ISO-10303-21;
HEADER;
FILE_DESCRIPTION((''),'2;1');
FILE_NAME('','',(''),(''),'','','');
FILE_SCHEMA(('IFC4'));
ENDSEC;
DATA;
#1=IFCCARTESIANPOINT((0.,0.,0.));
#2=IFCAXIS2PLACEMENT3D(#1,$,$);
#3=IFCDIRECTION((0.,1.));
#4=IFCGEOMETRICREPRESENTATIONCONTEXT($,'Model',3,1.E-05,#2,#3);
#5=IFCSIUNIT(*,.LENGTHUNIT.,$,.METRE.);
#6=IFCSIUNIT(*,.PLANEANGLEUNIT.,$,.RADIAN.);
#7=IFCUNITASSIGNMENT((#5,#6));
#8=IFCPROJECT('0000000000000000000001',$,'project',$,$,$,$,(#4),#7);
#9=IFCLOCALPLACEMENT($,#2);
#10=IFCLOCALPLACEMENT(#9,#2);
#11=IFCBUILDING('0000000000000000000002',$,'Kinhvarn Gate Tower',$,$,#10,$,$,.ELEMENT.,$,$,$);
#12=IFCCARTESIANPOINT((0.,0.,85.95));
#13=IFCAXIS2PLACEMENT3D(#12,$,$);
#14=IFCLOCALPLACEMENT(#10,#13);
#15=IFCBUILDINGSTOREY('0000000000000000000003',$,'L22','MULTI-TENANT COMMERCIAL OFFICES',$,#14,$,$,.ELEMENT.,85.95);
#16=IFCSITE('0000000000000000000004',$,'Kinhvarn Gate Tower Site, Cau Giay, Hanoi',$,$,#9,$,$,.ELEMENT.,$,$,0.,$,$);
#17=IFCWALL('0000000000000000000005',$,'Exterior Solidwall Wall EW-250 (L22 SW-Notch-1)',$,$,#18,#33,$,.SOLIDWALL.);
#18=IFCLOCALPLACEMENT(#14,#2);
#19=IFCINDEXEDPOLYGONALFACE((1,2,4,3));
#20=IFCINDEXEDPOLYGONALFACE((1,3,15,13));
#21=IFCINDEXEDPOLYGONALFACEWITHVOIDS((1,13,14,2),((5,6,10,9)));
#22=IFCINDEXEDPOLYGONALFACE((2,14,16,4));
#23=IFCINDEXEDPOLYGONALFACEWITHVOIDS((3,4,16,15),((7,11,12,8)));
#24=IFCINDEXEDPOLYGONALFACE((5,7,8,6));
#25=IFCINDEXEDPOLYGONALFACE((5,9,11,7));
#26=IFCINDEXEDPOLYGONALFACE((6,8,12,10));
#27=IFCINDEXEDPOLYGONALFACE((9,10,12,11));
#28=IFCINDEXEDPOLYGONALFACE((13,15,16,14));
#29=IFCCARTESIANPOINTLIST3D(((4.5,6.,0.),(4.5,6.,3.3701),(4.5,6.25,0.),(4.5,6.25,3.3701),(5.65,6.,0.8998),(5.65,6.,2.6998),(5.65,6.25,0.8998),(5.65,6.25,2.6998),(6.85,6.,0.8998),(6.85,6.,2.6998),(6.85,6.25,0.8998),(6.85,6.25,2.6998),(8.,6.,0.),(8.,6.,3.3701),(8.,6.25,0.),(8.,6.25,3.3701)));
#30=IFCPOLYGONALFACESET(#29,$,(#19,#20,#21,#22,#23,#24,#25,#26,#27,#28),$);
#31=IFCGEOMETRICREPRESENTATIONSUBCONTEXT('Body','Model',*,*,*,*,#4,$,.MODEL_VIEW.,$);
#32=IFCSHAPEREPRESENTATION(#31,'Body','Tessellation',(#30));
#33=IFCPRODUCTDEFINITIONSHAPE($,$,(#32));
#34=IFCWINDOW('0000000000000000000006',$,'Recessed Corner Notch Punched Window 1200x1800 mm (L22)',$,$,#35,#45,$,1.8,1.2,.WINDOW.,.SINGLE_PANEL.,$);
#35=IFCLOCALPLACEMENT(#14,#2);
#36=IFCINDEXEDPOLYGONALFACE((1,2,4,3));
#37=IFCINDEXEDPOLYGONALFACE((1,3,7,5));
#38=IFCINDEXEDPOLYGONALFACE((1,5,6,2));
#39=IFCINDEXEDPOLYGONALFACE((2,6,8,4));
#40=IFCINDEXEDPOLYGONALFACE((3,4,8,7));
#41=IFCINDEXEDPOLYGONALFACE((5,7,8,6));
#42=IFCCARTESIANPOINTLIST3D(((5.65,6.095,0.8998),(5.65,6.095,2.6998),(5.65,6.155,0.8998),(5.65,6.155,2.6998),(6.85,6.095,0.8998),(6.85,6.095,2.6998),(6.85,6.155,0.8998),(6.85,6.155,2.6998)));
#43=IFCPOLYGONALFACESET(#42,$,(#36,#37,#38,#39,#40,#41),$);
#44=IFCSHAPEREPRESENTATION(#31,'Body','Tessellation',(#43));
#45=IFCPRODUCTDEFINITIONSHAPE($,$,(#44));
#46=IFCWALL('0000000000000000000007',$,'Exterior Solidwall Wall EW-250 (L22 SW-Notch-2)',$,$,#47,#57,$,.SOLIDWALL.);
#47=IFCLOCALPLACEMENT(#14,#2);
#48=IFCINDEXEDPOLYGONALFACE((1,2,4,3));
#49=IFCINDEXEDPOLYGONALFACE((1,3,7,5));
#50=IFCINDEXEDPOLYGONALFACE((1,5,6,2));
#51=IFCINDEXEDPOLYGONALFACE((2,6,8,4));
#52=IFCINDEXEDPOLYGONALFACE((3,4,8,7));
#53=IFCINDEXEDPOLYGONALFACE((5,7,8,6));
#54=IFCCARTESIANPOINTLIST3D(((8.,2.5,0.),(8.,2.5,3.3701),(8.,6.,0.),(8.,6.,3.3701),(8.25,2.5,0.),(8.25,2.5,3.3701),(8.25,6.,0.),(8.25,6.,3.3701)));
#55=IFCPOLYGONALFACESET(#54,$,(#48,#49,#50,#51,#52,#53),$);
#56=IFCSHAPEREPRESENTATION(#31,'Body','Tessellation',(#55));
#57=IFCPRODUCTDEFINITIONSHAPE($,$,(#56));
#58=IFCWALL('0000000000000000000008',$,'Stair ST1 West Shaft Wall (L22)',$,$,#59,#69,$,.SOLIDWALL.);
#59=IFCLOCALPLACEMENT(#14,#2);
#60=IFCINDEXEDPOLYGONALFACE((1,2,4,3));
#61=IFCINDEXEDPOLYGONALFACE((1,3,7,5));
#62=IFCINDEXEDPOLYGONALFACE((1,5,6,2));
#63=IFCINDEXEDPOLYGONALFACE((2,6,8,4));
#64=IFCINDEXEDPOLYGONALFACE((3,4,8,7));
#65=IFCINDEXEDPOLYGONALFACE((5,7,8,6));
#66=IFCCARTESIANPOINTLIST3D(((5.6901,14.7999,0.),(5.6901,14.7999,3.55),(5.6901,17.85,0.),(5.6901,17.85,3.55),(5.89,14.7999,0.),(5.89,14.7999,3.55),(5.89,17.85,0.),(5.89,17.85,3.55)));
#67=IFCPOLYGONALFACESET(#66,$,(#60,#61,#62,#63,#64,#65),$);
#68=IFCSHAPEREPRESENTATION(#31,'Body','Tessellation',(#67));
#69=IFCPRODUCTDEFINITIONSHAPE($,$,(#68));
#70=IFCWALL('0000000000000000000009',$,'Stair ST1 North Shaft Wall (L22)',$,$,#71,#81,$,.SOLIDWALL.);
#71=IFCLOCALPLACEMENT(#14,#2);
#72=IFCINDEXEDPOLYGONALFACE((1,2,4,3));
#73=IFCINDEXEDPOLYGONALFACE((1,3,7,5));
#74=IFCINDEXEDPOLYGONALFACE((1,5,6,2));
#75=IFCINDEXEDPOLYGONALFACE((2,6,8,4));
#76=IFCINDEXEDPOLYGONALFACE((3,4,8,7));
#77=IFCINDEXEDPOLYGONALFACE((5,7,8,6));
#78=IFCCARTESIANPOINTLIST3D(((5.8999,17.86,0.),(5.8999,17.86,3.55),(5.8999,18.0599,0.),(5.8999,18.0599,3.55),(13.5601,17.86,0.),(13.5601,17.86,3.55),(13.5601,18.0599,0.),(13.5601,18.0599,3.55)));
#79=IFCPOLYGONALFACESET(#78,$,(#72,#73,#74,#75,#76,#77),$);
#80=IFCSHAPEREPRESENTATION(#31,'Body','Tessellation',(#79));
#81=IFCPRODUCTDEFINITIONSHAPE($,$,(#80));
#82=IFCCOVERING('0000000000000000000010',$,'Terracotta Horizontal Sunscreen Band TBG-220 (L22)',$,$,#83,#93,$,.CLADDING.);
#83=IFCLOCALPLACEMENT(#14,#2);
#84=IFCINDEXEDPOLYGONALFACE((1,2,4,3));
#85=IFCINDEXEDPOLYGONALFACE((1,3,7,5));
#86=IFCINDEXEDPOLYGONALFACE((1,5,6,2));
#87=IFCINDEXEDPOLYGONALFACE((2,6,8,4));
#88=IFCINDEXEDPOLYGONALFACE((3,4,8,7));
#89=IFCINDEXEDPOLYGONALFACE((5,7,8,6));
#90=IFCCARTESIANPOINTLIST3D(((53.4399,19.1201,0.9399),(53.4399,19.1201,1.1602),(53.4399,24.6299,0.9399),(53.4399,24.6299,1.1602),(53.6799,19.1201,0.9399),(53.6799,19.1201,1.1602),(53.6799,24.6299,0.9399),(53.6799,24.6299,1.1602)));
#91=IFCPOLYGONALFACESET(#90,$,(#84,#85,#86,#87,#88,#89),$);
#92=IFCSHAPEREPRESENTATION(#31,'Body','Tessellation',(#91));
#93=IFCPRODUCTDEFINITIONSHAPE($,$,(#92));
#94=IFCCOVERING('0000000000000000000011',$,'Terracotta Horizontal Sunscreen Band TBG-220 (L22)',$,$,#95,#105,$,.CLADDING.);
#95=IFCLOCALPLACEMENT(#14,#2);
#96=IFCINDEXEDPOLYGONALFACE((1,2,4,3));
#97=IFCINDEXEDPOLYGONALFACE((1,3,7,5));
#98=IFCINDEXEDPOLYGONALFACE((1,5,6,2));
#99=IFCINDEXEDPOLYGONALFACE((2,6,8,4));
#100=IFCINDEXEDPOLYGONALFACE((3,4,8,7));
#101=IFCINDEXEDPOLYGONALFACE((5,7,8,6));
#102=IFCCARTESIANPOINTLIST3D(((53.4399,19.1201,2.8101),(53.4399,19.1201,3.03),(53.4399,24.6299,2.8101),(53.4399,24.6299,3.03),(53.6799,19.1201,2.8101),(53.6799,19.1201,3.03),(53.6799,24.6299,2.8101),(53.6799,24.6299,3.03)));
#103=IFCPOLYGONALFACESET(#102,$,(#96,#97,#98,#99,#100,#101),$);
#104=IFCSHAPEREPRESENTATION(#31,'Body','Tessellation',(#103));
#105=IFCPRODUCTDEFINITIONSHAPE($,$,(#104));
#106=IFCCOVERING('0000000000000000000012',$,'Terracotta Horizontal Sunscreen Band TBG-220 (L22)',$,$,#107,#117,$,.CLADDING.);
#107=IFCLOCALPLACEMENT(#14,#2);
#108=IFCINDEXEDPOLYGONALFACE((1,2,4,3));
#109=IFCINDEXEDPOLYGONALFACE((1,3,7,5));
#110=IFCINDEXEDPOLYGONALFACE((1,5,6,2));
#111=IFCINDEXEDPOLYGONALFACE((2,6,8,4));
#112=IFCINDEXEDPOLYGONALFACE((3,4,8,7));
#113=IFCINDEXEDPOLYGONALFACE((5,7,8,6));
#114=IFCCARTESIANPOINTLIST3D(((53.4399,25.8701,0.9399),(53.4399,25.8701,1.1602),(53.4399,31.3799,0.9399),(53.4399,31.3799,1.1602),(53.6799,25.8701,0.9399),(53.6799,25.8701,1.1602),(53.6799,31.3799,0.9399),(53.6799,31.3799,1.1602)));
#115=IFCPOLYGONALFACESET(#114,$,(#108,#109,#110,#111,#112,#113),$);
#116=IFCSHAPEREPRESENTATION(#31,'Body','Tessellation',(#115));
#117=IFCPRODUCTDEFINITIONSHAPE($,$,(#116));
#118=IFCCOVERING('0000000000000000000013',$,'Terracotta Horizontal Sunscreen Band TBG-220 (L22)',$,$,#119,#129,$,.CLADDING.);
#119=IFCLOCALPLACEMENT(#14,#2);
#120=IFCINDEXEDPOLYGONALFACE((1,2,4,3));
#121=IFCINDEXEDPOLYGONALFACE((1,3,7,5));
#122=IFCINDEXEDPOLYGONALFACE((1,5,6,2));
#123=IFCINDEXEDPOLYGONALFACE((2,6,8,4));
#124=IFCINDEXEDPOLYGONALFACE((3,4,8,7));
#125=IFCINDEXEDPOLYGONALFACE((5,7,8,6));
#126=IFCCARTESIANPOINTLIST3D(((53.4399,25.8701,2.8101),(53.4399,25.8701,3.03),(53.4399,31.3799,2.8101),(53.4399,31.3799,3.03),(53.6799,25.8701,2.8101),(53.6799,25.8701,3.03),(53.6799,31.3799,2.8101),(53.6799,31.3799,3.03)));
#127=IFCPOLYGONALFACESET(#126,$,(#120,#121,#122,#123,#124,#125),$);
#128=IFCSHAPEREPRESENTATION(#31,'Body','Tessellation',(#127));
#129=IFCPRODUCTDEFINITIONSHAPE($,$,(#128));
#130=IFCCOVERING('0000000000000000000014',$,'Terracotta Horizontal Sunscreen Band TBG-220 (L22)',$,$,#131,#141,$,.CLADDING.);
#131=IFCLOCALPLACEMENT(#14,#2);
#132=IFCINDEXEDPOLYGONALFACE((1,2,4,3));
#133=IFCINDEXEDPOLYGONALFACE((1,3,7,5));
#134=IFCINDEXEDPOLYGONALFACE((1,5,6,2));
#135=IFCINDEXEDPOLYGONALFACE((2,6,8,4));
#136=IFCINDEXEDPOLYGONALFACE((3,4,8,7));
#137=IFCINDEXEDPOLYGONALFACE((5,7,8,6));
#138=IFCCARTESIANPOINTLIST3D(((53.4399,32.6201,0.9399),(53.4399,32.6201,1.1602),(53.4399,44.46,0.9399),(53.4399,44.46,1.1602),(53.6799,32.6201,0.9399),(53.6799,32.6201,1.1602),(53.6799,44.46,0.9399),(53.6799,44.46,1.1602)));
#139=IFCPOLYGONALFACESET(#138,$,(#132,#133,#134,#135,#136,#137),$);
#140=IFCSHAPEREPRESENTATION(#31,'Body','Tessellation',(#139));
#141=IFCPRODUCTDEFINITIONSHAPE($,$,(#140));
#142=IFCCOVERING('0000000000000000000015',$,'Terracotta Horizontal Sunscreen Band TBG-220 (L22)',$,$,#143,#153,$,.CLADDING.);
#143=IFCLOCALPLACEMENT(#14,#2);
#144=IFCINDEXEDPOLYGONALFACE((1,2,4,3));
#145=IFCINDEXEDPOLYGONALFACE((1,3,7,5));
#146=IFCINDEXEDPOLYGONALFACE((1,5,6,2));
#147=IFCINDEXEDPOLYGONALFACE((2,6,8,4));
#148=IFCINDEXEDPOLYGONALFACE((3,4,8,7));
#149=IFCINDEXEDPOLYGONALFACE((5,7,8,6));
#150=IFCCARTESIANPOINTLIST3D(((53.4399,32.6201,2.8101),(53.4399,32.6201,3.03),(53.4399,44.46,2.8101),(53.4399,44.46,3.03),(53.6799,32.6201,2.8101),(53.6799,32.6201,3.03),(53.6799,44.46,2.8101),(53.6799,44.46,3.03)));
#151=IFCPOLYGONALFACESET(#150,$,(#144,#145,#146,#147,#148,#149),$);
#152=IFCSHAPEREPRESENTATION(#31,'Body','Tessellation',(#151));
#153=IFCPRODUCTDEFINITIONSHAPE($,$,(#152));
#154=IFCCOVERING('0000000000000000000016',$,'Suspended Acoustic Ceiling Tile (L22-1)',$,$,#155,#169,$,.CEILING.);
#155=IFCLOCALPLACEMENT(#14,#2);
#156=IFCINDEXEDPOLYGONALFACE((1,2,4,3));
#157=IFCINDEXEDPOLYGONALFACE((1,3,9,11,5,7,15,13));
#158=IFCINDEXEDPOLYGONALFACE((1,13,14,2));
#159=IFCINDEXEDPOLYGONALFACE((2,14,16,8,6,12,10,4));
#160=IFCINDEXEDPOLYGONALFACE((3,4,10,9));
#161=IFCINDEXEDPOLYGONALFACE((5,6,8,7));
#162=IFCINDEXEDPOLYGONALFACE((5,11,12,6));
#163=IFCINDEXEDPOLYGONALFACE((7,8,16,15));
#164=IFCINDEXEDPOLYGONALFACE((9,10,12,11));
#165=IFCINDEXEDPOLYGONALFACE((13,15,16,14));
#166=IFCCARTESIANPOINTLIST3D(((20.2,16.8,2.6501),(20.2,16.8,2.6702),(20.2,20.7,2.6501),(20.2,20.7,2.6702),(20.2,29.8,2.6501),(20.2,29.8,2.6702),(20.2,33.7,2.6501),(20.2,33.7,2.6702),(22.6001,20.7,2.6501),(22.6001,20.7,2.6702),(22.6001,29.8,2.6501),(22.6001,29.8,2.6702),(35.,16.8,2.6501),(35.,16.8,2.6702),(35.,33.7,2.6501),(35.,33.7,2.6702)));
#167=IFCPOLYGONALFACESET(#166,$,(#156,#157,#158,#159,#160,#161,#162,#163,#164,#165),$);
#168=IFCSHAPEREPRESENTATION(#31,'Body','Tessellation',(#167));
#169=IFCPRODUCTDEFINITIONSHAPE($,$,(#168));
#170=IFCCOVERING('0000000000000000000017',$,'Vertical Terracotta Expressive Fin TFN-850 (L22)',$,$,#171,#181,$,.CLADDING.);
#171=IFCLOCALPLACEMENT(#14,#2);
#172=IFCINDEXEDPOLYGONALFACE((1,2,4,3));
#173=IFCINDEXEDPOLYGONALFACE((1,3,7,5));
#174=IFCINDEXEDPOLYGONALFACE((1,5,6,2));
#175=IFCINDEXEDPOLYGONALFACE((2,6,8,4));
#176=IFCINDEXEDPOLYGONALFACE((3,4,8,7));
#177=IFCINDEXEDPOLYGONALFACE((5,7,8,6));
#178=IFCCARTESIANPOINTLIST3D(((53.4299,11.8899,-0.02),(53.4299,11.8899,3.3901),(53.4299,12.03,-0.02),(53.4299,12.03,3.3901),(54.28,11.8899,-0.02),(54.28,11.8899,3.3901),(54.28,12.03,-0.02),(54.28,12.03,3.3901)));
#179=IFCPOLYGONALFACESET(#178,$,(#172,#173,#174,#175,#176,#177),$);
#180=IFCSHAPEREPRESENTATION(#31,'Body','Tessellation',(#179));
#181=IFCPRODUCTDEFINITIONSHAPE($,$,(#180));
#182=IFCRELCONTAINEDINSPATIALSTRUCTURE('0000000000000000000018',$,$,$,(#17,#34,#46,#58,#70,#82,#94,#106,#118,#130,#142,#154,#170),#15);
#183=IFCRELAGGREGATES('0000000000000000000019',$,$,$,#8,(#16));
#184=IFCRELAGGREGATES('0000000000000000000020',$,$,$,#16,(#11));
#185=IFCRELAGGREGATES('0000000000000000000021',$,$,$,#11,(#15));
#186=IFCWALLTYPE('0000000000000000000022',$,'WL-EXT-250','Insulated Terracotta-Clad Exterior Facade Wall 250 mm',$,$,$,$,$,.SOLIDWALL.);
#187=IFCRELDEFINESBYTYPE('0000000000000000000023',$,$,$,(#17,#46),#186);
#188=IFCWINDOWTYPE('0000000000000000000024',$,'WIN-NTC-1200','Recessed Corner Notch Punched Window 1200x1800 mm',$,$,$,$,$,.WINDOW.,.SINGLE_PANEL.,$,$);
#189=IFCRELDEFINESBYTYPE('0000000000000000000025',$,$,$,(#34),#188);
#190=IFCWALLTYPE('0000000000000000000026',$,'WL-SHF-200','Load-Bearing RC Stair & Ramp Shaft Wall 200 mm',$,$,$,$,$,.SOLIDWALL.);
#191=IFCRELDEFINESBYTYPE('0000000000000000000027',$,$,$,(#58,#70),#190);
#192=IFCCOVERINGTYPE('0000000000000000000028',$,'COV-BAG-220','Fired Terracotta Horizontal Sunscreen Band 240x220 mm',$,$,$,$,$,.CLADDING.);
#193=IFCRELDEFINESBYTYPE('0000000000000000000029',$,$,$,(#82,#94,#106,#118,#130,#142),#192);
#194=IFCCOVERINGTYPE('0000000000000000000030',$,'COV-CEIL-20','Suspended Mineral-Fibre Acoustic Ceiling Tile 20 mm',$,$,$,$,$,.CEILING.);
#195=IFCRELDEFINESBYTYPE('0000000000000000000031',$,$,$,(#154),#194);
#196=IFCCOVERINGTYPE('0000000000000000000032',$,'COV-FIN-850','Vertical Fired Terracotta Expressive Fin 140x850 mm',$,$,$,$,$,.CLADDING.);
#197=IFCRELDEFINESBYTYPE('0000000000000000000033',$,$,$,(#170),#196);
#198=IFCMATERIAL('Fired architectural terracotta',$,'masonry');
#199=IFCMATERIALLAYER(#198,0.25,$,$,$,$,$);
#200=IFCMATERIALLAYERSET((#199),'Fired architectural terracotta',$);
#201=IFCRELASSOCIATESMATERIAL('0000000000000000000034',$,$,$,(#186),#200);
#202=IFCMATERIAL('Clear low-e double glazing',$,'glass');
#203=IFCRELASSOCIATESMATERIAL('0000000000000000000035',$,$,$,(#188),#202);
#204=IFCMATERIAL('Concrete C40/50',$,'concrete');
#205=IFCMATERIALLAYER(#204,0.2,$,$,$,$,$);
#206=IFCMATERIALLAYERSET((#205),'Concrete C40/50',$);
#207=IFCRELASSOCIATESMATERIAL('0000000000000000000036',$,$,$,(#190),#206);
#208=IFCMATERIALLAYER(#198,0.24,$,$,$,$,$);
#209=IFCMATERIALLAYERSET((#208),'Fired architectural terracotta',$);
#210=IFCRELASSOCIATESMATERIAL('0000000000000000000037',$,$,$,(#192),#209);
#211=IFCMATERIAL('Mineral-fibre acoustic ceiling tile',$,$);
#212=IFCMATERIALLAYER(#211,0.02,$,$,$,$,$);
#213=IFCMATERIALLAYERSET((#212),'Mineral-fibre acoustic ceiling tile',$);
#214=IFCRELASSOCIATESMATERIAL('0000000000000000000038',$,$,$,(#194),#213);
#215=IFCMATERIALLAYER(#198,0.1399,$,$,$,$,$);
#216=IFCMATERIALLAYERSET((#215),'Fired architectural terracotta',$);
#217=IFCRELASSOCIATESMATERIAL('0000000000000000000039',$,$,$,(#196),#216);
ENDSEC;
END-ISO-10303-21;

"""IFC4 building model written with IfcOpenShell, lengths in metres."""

from ifc_helpers import new_model, si_unit, direction, frame, frame_2d, origin, place, context, subcontext, project, spatial, polyline, rectangle, outline, extrude, material, layer, layer_set, type_object, element, fill, save


model = new_model("IFC4")

# Units and contexts
model_context = context("Model", 3, precision=1e-05, world=origin(), true_north=direction((0.0, 1.0)))
body_context = subcontext(model_context, "Body", "Model", "MODEL_VIEW")
ifc_project = project(units=[si_unit("LENGTHUNIT", "METRE"), si_unit("PLANEANGLEUNIT", "RADIAN")], contexts=[model_context])

# Site, building, storey
site_placement = place(None, origin())
site = spatial("IfcSite", under=ifc_project, at=site_placement, Name="Kinhvarn Gate Tower Site, Cau Giay, Hanoi", CompositionType="ELEMENT", RefElevation=0.0)
building_placement = place(site_placement, origin())
building = spatial("IfcBuilding", under=site, at=building_placement, Name="Kinhvarn Gate Tower", CompositionType="ELEMENT")
storey_placement = place(building_placement, frame((0.0, 0.0, 85.95)))
storey = spatial("IfcBuildingStorey", under=building, at=storey_placement, Name="L22", Description="MULTI-TENANT COMMERCIAL OFFICES", CompositionType="ELEMENT", Elevation=85.95)

# Shared definitions
ifc_material_1 = material(Name="Clear low-e double glazing", Category="glass")

# Shared definitions
ifc_material_2 = material(Name="Concrete C40/50", Category="concrete")

# Wall, opening, window
ifc_material_3 = material(Name="Fired architectural terracotta", Category="masonry")
ifc_layer_1 = layer(ifc_material_3, 0.25)
ifc_layer_set_1 = layer_set([ifc_layer_1], Name="Fired architectural terracotta")
wall_type_1 = type_object("IfcWallType", Name="WL-EXT-250", Description="Insulated Terracotta-Clad Exterior Facade Wall 250 mm", PredefinedType="SOLIDWALL", material=ifc_layer_set_1)
wall_1_placement = place(storey_placement, frame((4.5, 6.125, 0.0), z_axis=(0.0, 0.0, 1.0), x_axis=(1.0, 0.0, 0.0)))
wall_1 = element("IfcWall", 1, at=wall_1_placement, inside=storey, type_object=wall_type_1, Name="Exterior Solidwall Wall EW-250 (L22 SW-Notch-1)", PredefinedType="SOLIDWALL", context=body_context, shape_type="SweptSolid", body=[
    extrude(rectangle(XDim=3.5, YDim=0.25, at=frame_2d((1.75, 0.0))), origin(), (0.0, 0.0, 1.0), 3.3701),
])
opening_1_placement = place(wall_1_placement, frame((1.1499, 0.0, 0.8999)))
opening_1 = element("IfcOpeningElement", 2, at=opening_1_placement, cuts=wall_1, PredefinedType="OPENING", context=body_context, shape_type="SweptSolid", body=[
    extrude(rectangle(XDim=1.2, YDim=1.8, at=frame_2d((0.6001, 0.8999))), frame((0.0, 0.135, 0.0), z_axis=(0.0, -1.0, 0.0), x_axis=(1.0, 0.0, 0.0)), (0.0, 0.0, 1.0), 0.27),
])
window_type_1 = type_object("IfcWindowType", Name="WIN-NTC-1200", Description="Recessed Corner Notch Punched Window 1200x1800 mm", PartitioningType="SINGLE_PANEL", PredefinedType="WINDOW", material=ifc_material_1)
window_1_placement = place(opening_1_placement, origin())
window_1 = element("IfcWindow", 3, at=window_1_placement, inside=storey, type_object=window_type_1, Name="Recessed Corner Notch Punched Window 1200x1800 mm (L22)", OverallHeight=1.8, OverallWidth=1.2, PartitioningType="SINGLE_PANEL", PredefinedType="WINDOW", context=body_context, shape_type="SweptSolid", body=[
    extrude(rectangle(XDim=1.2, YDim=1.8, at=frame_2d((0.6001, 0.8999))), frame((0.0, 0.03, 0.0), z_axis=(0.0, -1.0, 0.0), x_axis=(1.0, 0.0, 0.0)), (0.0, 0.0, 1.0), 0.0601),
])
fill(opening_1, window_1)

# Walls
wall_2_placement = place(storey_placement, frame((8.125, 6.0, 0.0), z_axis=(0.0, 0.0, 1.0), x_axis=(0.0, -1.0, 0.0)))
element("IfcWall", 4, at=wall_2_placement, inside=storey, type_object=wall_type_1, Name="Exterior Solidwall Wall EW-250 (L22 SW-Notch-2)", PredefinedType="SOLIDWALL", context=body_context, shape_type="SweptSolid", body=[
    extrude(rectangle(XDim=3.5, YDim=0.25, at=frame_2d((1.75, 0.0))), origin(), (0.0, 0.0, 1.0), 3.3701),
])
ifc_layer_2 = layer(ifc_material_2, 0.2)
ifc_layer_set_2 = layer_set([ifc_layer_2], Name="Concrete C40/50")
wall_type_2 = type_object("IfcWallType", Name="WL-SHF-200", Description="Load-Bearing RC Stair & Ramp Shaft Wall 200 mm", PredefinedType="SOLIDWALL", material=ifc_layer_set_2)
wall_3_placement = place(storey_placement, frame((5.79, 14.8, 0.0), z_axis=(0.0, 0.0, 1.0), x_axis=(0.0, 1.0, 0.0)))
element("IfcWall", 5, at=wall_3_placement, inside=storey, type_object=wall_type_2, Name="Stair ST1 West Shaft Wall (L22)", PredefinedType="SOLIDWALL", context=body_context, shape_type="SweptSolid", body=[
    extrude(rectangle(XDim=3.05, YDim=0.2, at=frame_2d((1.5249, 0.0))), origin(), (0.0, 0.0, 1.0), 3.55),
])
wall_4_placement = place(storey_placement, frame((5.8999, 17.96, 0.0), z_axis=(0.0, 0.0, 1.0), x_axis=(1.0, 0.0, 0.0)))
element("IfcWall", 6, at=wall_4_placement, inside=storey, type_object=wall_type_2, Name="Stair ST1 North Shaft Wall (L22)", PredefinedType="SOLIDWALL", context=body_context, shape_type="SweptSolid", body=[
    extrude(rectangle(XDim=7.6602, YDim=0.2, at=frame_2d((3.8301, 0.0))), origin(), (0.0, 0.0, 1.0), 3.55),
])

# Coverings
ifc_layer_3 = layer(ifc_material_3, 0.24)
ifc_layer_set_3 = layer_set([ifc_layer_3], Name="Fired architectural terracotta")
covering_type_1 = type_object("IfcCoveringType", Name="COV-BAG-220", Description="Fired Terracotta Horizontal Sunscreen Band 240x220 mm", PredefinedType="CLADDING", material=ifc_layer_set_3)
covering_1_placement = place(storey_placement, frame((0.0, 0.0, 0.9399)))
element("IfcCovering", 7, at=covering_1_placement, inside=storey, type_object=covering_type_1, Name="Terracotta Horizontal Sunscreen Band TBG-220 (L22)", PredefinedType="CLADDING", context=body_context, shape_type="SweptSolid", body=[
    extrude(outline(polyline([(53.4399, 19.1201), (53.4399, 24.6299), (53.6799, 24.6299), (53.6799, 19.1201), (53.4399, 19.1201)])), origin(), (0.0, 0.0, 1.0), 0.2202),
])
covering_2_placement = place(storey_placement, frame((0.0, 0.0, 2.8101)))
element("IfcCovering", 8, at=covering_2_placement, inside=storey, type_object=covering_type_1, Name="Terracotta Horizontal Sunscreen Band TBG-220 (L22)", PredefinedType="CLADDING", context=body_context, shape_type="SweptSolid", body=[
    extrude(outline(polyline([(53.4399, 19.1201), (53.4399, 24.6299), (53.6799, 24.6299), (53.6799, 19.1201), (53.4399, 19.1201)])), origin(), (0.0, 0.0, 1.0), 0.22),
])
covering_3_placement = place(storey_placement, frame((0.0, 0.0, 0.9399)))
element("IfcCovering", 9, at=covering_3_placement, inside=storey, type_object=covering_type_1, Name="Terracotta Horizontal Sunscreen Band TBG-220 (L22)", PredefinedType="CLADDING", context=body_context, shape_type="SweptSolid", body=[
    extrude(outline(polyline([(53.4399, 25.8701), (53.4399, 31.3799), (53.6799, 31.3799), (53.6799, 25.8701), (53.4399, 25.8701)])), origin(), (0.0, 0.0, 1.0), 0.2202),
])
covering_4_placement = place(storey_placement, frame((0.0, 0.0, 2.8101)))
element("IfcCovering", 10, at=covering_4_placement, inside=storey, type_object=covering_type_1, Name="Terracotta Horizontal Sunscreen Band TBG-220 (L22)", PredefinedType="CLADDING", context=body_context, shape_type="SweptSolid", body=[
    extrude(outline(polyline([(53.4399, 25.8701), (53.4399, 31.3799), (53.6799, 31.3799), (53.6799, 25.8701), (53.4399, 25.8701)])), origin(), (0.0, 0.0, 1.0), 0.22),
])
covering_5_placement = place(storey_placement, frame((0.0, 0.0, 0.9399)))
element("IfcCovering", 11, at=covering_5_placement, inside=storey, type_object=covering_type_1, Name="Terracotta Horizontal Sunscreen Band TBG-220 (L22)", PredefinedType="CLADDING", context=body_context, shape_type="SweptSolid", body=[
    extrude(outline(polyline([(53.4399, 32.6201), (53.4399, 44.46), (53.6799, 44.46), (53.6799, 32.6201), (53.4399, 32.6201)])), origin(), (0.0, 0.0, 1.0), 0.2202),
])
covering_6_placement = place(storey_placement, frame((0.0, 0.0, 2.8101)))
element("IfcCovering", 12, at=covering_6_placement, inside=storey, type_object=covering_type_1, Name="Terracotta Horizontal Sunscreen Band TBG-220 (L22)", PredefinedType="CLADDING", context=body_context, shape_type="SweptSolid", body=[
    extrude(outline(polyline([(53.4399, 32.6201), (53.4399, 44.46), (53.6799, 44.46), (53.6799, 32.6201), (53.4399, 32.6201)])), origin(), (0.0, 0.0, 1.0), 0.22),
])
ifc_material_4 = material(Name="Mineral-fibre acoustic ceiling tile")
ifc_layer_4 = layer(ifc_material_4, 0.02)
ifc_layer_set_4 = layer_set([ifc_layer_4], Name="Mineral-fibre acoustic ceiling tile")
covering_type_2 = type_object("IfcCoveringType", Name="COV-CEIL-20", Description="Suspended Mineral-Fibre Acoustic Ceiling Tile 20 mm", PredefinedType="CEILING", material=ifc_layer_set_4)
covering_7_placement = place(storey_placement, frame((0.0, 0.0, 2.6501)))
element("IfcCovering", 13, at=covering_7_placement, inside=storey, type_object=covering_type_2, Name="Suspended Acoustic Ceiling Tile (L22-1)", PredefinedType="CEILING", context=body_context, shape_type="SweptSolid", body=[
    extrude(outline(polyline([(35.0, 33.7), (35.0, 16.8), (20.2, 16.8), (20.2, 20.7), (22.6001, 20.7), (22.6001, 29.8), (20.2, 29.8), (20.2, 33.7), (35.0, 33.7)])), origin(), (0.0, 0.0, 1.0), 0.02),
])
ifc_layer_5 = layer(ifc_material_3, 0.1399)
ifc_layer_set_5 = layer_set([ifc_layer_5], Name="Fired architectural terracotta")
covering_type_3 = type_object("IfcCoveringType", Name="COV-FIN-850", Description="Vertical Fired Terracotta Expressive Fin 140x850 mm", PredefinedType="CLADDING", material=ifc_layer_set_5)
covering_8_placement = place(storey_placement, frame((0.0, 0.0, -0.02)))
element("IfcCovering", 14, at=covering_8_placement, inside=storey, type_object=covering_type_3, Name="Vertical Terracotta Expressive Fin TFN-850 (L22)", PredefinedType="CLADDING", context=body_context, shape_type="SweptSolid", body=[
    extrude(outline(polyline([(53.4299, 11.8899), (53.4299, 12.03), (54.28, 12.03), (54.28, 11.8899), (53.4299, 11.8899)])), origin(), (0.0, 0.0, 1.0), 3.4102),
])

save(model, "model.ifc")
